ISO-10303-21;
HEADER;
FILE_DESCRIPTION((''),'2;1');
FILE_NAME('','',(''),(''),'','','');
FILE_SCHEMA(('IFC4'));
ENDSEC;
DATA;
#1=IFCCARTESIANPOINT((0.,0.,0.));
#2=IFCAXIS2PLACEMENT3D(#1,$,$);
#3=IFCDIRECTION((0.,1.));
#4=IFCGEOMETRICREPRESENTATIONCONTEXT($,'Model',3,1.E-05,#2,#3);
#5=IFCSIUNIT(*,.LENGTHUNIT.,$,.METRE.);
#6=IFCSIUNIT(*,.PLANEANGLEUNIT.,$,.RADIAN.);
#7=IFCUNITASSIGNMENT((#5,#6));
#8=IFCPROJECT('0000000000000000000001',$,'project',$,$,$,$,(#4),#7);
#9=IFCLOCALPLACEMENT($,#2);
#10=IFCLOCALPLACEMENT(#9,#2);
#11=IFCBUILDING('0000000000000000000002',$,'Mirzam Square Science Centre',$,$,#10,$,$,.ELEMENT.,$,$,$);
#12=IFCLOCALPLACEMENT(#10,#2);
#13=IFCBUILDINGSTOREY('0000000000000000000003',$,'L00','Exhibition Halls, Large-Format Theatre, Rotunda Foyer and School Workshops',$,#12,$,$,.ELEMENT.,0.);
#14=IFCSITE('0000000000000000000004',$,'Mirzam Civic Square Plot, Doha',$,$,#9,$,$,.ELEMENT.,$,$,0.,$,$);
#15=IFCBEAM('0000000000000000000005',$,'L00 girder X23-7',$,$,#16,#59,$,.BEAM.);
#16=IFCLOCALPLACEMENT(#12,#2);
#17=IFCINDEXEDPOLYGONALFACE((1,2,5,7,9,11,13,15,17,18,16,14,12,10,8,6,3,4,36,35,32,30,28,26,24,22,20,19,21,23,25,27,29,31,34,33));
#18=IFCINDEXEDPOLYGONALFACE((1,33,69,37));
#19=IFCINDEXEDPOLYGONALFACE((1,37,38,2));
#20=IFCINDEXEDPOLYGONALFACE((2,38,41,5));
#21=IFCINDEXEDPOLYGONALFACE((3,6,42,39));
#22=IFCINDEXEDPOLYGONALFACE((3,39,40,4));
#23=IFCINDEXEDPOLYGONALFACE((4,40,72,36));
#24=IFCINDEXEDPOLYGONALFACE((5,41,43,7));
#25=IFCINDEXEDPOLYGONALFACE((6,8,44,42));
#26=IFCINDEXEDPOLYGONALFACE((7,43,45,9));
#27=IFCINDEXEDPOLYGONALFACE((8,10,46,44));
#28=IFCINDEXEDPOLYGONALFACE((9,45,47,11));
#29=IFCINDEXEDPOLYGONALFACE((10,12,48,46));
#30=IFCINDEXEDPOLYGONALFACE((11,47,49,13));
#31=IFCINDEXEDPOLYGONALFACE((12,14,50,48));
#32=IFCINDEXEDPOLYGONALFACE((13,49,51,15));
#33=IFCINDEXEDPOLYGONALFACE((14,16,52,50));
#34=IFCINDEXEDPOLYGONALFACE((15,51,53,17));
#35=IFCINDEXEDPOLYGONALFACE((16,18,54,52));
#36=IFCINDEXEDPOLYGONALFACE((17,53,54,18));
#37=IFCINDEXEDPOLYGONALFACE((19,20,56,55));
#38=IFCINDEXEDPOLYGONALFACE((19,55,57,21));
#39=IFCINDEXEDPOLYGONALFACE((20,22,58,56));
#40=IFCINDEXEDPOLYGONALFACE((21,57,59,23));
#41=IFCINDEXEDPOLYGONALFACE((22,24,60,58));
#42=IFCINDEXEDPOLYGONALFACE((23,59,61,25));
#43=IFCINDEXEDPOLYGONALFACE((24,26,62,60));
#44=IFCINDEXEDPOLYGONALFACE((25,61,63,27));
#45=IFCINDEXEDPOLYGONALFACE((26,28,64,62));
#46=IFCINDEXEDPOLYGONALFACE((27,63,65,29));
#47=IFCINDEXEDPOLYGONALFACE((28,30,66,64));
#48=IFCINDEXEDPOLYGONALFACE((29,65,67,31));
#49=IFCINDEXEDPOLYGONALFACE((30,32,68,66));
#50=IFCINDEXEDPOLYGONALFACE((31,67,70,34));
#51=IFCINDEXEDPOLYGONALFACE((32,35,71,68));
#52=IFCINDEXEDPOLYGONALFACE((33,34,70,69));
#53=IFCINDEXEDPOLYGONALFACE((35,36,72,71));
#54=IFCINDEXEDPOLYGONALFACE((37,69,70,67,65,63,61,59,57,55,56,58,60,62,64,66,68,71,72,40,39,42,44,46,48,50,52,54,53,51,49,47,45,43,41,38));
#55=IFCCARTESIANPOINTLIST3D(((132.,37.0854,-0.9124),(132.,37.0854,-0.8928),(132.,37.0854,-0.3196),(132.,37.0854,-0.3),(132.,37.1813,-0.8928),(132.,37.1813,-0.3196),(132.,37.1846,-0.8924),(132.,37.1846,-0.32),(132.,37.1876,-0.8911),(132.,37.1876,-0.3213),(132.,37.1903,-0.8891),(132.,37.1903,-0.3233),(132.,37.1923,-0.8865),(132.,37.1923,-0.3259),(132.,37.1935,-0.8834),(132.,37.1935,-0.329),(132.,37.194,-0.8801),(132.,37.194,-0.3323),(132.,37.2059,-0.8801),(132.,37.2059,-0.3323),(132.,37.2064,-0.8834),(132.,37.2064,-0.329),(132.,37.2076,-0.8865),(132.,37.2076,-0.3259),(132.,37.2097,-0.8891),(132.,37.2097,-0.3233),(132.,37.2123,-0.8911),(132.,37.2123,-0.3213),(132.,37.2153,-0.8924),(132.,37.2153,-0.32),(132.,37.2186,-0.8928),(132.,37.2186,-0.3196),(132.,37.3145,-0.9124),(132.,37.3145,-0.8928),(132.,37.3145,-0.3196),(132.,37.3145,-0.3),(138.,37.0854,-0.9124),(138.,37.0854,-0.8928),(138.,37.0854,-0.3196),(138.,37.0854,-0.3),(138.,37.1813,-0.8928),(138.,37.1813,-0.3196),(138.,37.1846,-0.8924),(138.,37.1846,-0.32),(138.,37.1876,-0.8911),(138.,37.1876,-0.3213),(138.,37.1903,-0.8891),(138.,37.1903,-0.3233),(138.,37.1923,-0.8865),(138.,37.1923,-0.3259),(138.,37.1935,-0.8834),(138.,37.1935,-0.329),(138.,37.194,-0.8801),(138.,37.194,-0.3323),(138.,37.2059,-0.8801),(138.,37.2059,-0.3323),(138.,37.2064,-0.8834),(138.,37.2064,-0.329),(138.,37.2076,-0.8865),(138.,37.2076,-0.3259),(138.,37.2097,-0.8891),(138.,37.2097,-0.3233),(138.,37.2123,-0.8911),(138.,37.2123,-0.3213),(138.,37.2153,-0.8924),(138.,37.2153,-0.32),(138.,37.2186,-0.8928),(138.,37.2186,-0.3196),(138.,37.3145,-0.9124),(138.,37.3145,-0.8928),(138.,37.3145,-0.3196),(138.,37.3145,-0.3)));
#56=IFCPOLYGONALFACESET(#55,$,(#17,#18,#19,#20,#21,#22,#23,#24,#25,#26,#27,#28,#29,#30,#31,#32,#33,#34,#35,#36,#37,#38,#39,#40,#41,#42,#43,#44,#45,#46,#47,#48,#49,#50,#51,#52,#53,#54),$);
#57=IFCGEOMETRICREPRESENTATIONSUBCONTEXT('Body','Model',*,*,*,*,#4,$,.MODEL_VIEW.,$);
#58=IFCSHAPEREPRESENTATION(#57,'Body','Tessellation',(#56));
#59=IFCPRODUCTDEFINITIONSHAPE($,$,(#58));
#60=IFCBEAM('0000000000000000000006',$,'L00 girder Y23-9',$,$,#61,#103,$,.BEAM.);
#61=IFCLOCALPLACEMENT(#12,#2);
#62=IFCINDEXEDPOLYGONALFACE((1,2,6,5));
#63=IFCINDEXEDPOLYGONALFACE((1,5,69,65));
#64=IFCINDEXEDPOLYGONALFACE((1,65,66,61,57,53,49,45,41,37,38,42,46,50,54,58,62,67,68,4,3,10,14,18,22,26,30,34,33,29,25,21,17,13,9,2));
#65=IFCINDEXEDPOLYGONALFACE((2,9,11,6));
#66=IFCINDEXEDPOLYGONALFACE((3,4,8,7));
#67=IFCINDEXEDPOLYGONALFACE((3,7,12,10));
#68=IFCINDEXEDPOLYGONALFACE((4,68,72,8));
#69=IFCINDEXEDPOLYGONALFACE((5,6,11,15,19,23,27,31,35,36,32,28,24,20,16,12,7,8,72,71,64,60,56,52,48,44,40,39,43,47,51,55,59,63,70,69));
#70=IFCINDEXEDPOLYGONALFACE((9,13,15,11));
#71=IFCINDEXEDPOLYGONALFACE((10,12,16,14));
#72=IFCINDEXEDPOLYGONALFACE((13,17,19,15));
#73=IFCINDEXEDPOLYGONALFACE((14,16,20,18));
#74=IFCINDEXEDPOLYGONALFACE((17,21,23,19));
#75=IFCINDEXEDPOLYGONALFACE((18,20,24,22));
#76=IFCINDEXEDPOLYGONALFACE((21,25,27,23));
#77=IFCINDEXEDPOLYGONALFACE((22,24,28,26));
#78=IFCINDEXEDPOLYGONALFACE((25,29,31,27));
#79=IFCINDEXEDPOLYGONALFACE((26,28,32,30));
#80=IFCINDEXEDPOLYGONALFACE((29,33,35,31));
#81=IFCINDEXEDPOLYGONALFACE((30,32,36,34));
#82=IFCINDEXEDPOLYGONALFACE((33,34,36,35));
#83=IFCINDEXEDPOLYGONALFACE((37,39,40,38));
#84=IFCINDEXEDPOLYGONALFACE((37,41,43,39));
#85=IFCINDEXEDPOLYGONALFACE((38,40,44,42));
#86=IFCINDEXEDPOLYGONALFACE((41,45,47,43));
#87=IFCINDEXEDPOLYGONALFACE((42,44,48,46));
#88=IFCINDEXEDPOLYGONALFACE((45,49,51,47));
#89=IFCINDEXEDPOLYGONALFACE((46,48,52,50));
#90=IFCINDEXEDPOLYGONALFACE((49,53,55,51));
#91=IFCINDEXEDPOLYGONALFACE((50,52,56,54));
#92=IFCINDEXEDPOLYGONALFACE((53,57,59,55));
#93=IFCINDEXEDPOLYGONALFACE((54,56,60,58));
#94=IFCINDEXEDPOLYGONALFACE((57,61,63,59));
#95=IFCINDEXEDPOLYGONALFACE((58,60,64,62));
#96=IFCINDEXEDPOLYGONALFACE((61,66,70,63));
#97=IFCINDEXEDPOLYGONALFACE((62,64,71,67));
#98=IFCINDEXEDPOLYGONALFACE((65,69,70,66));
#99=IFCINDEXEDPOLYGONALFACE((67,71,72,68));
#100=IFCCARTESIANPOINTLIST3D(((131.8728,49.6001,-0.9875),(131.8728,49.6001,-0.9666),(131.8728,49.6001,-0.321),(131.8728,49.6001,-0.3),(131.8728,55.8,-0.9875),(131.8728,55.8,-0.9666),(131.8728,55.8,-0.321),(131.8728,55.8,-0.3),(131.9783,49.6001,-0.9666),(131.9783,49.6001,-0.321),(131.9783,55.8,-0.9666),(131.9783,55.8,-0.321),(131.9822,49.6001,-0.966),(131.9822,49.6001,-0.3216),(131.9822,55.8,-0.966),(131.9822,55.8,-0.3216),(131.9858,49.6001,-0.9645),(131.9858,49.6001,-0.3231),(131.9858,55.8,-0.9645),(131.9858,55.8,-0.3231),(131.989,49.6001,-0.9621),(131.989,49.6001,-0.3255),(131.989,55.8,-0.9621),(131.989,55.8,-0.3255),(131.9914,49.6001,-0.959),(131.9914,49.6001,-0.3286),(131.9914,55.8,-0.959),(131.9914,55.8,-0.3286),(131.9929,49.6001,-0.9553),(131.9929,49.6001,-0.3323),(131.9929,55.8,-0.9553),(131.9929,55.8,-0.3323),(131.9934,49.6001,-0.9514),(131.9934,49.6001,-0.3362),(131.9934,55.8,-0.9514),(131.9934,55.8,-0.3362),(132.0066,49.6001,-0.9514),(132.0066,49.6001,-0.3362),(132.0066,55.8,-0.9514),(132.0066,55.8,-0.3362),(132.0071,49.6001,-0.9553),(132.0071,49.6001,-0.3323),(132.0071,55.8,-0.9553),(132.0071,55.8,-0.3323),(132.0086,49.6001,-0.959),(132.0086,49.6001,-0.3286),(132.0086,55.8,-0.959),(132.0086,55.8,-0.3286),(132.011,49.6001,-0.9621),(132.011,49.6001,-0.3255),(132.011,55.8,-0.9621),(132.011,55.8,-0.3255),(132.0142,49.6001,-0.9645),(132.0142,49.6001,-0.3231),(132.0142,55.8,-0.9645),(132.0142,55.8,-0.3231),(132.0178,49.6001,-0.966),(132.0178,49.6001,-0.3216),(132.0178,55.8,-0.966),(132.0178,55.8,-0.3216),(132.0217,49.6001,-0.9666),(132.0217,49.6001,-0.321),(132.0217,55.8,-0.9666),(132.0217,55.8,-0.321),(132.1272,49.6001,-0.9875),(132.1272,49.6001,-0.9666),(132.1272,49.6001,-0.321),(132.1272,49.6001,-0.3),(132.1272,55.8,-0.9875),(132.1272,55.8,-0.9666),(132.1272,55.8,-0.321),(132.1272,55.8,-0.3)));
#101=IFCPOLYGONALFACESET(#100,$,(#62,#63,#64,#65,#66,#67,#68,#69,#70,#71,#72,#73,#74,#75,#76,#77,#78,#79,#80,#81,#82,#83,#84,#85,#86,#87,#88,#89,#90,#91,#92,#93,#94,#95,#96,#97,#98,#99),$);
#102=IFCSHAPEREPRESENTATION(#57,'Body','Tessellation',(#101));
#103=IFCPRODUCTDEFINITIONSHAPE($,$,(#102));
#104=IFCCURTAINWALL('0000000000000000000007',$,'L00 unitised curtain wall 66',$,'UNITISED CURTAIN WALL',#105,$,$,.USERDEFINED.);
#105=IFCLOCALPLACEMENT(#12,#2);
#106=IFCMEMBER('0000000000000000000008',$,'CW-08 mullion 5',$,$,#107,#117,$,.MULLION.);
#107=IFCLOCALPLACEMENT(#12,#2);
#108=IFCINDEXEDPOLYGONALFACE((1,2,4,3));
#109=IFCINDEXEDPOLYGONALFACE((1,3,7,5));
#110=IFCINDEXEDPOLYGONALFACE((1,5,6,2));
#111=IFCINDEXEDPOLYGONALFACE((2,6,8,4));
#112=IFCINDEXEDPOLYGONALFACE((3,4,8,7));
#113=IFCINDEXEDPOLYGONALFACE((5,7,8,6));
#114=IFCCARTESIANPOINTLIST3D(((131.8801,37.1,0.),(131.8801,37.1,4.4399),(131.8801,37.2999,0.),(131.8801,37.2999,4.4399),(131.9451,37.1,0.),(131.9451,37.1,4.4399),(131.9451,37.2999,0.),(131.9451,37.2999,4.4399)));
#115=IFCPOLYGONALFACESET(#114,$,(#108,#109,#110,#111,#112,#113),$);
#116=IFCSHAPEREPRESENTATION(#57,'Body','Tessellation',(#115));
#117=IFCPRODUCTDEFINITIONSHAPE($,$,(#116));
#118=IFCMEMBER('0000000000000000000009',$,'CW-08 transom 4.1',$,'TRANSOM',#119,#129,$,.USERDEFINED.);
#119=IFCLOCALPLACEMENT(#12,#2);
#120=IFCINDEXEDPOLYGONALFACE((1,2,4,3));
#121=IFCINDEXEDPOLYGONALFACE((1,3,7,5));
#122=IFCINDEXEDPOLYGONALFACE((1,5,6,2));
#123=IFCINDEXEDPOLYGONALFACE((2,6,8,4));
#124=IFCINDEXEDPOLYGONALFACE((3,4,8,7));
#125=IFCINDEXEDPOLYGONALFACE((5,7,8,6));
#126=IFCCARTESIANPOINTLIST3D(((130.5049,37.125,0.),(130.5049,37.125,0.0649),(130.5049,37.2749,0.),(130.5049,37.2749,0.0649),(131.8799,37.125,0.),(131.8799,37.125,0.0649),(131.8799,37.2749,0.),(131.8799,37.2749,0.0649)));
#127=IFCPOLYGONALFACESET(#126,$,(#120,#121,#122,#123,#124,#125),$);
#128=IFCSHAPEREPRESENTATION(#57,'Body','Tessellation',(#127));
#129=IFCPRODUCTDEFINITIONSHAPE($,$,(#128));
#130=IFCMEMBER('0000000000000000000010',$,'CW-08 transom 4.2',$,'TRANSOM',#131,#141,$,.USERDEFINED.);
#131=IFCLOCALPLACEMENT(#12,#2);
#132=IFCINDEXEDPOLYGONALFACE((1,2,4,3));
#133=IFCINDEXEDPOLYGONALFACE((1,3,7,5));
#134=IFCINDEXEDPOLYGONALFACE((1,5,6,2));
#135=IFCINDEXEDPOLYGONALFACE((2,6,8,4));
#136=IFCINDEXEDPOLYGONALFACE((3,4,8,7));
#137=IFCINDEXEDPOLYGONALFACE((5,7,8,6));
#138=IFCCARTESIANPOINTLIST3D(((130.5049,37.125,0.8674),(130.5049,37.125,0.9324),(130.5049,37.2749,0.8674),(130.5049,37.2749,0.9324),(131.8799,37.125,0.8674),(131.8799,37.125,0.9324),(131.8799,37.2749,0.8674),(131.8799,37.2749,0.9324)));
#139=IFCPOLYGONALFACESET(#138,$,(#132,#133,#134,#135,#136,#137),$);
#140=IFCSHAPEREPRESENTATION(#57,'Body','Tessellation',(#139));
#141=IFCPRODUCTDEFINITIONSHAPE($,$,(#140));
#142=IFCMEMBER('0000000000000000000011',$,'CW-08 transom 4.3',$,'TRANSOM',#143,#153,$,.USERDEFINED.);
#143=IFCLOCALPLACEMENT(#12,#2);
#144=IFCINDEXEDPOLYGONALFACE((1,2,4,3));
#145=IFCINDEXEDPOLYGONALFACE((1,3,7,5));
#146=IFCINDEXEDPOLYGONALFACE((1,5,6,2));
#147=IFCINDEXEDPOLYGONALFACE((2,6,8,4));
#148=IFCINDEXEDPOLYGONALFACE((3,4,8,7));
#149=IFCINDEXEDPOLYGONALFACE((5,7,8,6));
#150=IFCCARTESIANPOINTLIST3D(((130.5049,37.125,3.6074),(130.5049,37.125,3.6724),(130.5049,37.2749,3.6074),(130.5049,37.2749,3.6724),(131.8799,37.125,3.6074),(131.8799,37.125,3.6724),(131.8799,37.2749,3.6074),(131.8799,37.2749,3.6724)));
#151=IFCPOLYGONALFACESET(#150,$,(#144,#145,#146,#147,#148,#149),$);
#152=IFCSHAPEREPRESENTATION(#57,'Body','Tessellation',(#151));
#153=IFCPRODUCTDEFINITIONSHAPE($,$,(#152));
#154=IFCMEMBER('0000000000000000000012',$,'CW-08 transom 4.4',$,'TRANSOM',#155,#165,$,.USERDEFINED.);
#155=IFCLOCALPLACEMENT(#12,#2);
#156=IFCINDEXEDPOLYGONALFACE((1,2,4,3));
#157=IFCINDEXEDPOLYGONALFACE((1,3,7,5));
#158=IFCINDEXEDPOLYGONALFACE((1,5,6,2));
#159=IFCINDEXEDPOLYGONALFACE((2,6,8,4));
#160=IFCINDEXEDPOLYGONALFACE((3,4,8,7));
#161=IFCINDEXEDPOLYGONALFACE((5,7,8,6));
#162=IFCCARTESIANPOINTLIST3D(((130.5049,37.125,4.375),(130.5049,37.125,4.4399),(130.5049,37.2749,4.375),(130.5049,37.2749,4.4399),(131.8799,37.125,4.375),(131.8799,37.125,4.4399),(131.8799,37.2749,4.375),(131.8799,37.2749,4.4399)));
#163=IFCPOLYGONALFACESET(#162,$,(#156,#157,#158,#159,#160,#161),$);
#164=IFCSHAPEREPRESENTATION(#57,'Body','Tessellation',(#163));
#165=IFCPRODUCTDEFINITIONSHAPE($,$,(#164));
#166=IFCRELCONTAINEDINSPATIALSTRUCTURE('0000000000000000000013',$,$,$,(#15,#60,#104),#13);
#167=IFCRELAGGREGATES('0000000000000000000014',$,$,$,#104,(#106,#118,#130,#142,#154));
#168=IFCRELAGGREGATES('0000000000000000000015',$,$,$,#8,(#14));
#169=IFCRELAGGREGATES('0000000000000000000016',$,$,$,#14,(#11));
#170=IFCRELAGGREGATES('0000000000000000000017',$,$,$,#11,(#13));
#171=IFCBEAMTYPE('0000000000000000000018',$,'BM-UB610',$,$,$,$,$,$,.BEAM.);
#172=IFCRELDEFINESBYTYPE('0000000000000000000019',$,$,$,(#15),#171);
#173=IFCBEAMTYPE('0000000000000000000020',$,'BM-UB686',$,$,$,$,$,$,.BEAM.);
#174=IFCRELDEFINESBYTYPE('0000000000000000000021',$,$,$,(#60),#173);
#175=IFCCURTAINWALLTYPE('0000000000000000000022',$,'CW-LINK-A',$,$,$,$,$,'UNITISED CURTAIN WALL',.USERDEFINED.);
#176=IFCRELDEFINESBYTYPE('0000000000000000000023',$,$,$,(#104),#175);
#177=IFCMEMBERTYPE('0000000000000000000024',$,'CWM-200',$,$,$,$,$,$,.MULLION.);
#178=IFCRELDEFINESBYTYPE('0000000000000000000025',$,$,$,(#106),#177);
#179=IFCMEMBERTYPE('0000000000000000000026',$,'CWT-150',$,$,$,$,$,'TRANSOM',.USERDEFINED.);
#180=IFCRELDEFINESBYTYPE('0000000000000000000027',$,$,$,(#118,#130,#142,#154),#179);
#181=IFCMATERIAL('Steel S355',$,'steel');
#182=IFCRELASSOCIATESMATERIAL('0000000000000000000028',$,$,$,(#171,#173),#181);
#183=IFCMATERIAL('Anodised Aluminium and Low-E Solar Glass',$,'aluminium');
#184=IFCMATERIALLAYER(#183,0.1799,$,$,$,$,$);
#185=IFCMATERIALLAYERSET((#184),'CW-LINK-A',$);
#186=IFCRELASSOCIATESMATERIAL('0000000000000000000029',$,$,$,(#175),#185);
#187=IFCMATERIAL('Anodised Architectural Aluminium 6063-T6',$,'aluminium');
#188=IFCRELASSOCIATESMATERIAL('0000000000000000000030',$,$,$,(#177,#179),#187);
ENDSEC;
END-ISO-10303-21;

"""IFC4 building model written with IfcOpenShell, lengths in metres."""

from ifc_helpers import new_model, si_unit, direction, frame, origin, origin_2d, place, context, subcontext, project, spatial, rectangle, i_section, extrude, material, layer, layer_set, material_profile, profile_set, type_object, element, aggregate, save


model = new_model("IFC4")

# Units and contexts
model_context = context("Model", 3, precision=1e-05, world=origin(), true_north=direction((0.0, 1.0)))
body_context = subcontext(model_context, "Body", "Model", "MODEL_VIEW")
ifc_project = project(units=[si_unit("LENGTHUNIT", "METRE"), si_unit("PLANEANGLEUNIT", "RADIAN")], contexts=[model_context])

# Site, building, storey
site_placement = place(None, origin())
site = spatial("IfcSite", under=ifc_project, at=site_placement, Name="Mirzam Civic Square Plot, Doha", CompositionType="ELEMENT", RefElevation=0.0)
building_placement = place(site_placement, origin())
building = spatial("IfcBuilding", under=site, at=building_placement, Name="Mirzam Square Science Centre", CompositionType="ELEMENT")
storey_placement = place(building_placement, origin())
storey = spatial("IfcBuildingStorey", under=building, at=storey_placement, Name="L00", Description="Exhibition Halls, Large-Format Theatre, Rotunda Foyer and School Workshops", CompositionType="ELEMENT", Elevation=0.0)

# Shared definitions
ifc_material_1 = material(Name="Steel S355", Category="steel")

# Beams
ifc_material_profile_1 = material_profile(ifc_material_1, i_section(OverallWidth=0.229, OverallDepth=0.6123, WebThickness=0.012, FlangeThickness=0.0195, FilletRadius=0.0127, at=origin_2d()), Name="610x229x125UB")
ifc_profile_set_1 = profile_set([ifc_material_profile_1], Name="Steel S355")
beam_type_1 = type_object("IfcBeamType", Name="BM-UB610", PredefinedType="BEAM", material=ifc_profile_set_1)
beam_1_placement = place(storey_placement, frame((132.0, 37.2, -0.6062), z_axis=(1.0, 0.0, 0.0), x_axis=(0.0, 1.0, 0.0)))
element("IfcBeam", 1, at=beam_1_placement, inside=storey, type_object=beam_type_1, Name="L00 girder X23-7", PredefinedType="BEAM", context=body_context, shape_type="SweptSolid", body=[
    extrude(i_section(OverallWidth=0.229, OverallDepth=0.6123, WebThickness=0.012, FlangeThickness=0.0195, FilletRadius=0.0127, at=origin_2d()), origin(), (0.0, 0.0, 1.0), 6.0),
])
ifc_material_profile_2 = material_profile(ifc_material_1, i_section(OverallWidth=0.2544, OverallDepth=0.6875, WebThickness=0.0132, FlangeThickness=0.021, FilletRadius=0.0151, at=origin_2d()), Name="686x254x152UB")
ifc_profile_set_2 = profile_set([ifc_material_profile_2], Name="Steel S355")
beam_type_2 = type_object("IfcBeamType", Name="BM-UB686", PredefinedType="BEAM", material=ifc_profile_set_2)
beam_2_placement = place(storey_placement, frame((132.0, 49.6001, -0.6438), z_axis=(0.0, 1.0, 0.0), x_axis=(-1.0, 0.0, 0.0)))
element("IfcBeam", 2, at=beam_2_placement, inside=storey, type_object=beam_type_2, Name="L00 girder Y23-9", PredefinedType="BEAM", context=body_context, shape_type="SweptSolid", body=[
    extrude(i_section(OverallWidth=0.2544, OverallDepth=0.6875, WebThickness=0.0132, FlangeThickness=0.021, FilletRadius=0.0151, at=origin_2d()), origin(), (0.0, 0.0, 1.0), 6.2),
])

# Curtain wall, members
ifc_material_2 = material(Name="Anodised Aluminium and Low-E Solar Glass", Category="aluminium")
ifc_layer_1 = layer(ifc_material_2, 0.1799)
ifc_layer_set_1 = layer_set([ifc_layer_1], Name="CW-LINK-A")
curtain_wall_type = type_object("IfcCurtainWallType", Name="CW-LINK-A", ElementType="UNITISED CURTAIN WALL", PredefinedType="USERDEFINED", material=ifc_layer_set_1)
curtain_wall_placement = place(storey_placement, origin())
curtain_wall = element("IfcCurtainWall", 3, at=curtain_wall_placement, inside=storey, type_object=curtain_wall_type, Name="L00 unitised curtain wall 66", ObjectType="UNITISED CURTAIN WALL", PredefinedType="USERDEFINED")
ifc_material_3 = material(Name="Anodised Architectural Aluminium 6063-T6", Category="aluminium")
ifc_material_profile_3 = material_profile(ifc_material_3, rectangle(XDim=0.0649, YDim=0.2, at=origin_2d()), Name="ALU-MULL-200x65x5")
ifc_profile_set_3 = profile_set([ifc_material_profile_3], Name="Anodised Architectural Aluminium 6063-T6")
member_type_1 = type_object("IfcMemberType", Name="CWM-200", PredefinedType="MULLION", material=ifc_profile_set_3)
member_1_placement = place(storey_placement, frame((131.9126, 37.2, 0.0), z_axis=(0.0, 0.0, 1.0), x_axis=(1.0, 0.0, 0.0)))
member_1 = element("IfcMember", 4, at=member_1_placement, type_object=member_type_1, Name="CW-08 mullion 5", PredefinedType="MULLION", context=body_context, shape_type="SweptSolid", body=[
    extrude(rectangle(XDim=0.0649, YDim=0.2, at=origin_2d()), origin(), (0.0, 0.0, 1.0), 4.4399),
])
ifc_material_profile_4 = material_profile(ifc_material_3, rectangle(XDim=0.1499, YDim=0.0649, at=origin_2d()), Name="ALU-TRAN-150x65x4")
ifc_profile_set_4 = profile_set([ifc_material_profile_4], Name="Anodised Architectural Aluminium 6063-T6")
member_type_2 = type_object("IfcMemberType", Name="CWT-150", ElementType="TRANSOM", PredefinedType="USERDEFINED", material=ifc_profile_set_4)
member_2_placement = place(storey_placement, frame((130.5049, 37.2, 0.0325), z_axis=(1.0, 0.0, 0.0), x_axis=(0.0, 1.0, 0.0)))
member_2 = element("IfcMember", 5, at=member_2_placement, type_object=member_type_2, Name="CW-08 transom 4.1", ObjectType="TRANSOM", PredefinedType="USERDEFINED", context=body_context, shape_type="SweptSolid", body=[
    extrude(rectangle(XDim=0.1499, YDim=0.0649, at=origin_2d()), origin(), (0.0, 0.0, 1.0), 1.375),
])
member_3_placement = place(storey_placement, frame((130.5049, 37.2, 0.8999), z_axis=(1.0, 0.0, 0.0), x_axis=(0.0, 1.0, 0.0)))
member_3 = element("IfcMember", 6, at=member_3_placement, type_object=member_type_2, Name="CW-08 transom 4.2", ObjectType="TRANSOM", PredefinedType="USERDEFINED", context=body_context, shape_type="SweptSolid", body=[
    extrude(rectangle(XDim=0.1499, YDim=0.0649, at=origin_2d()), origin(), (0.0, 0.0, 1.0), 1.375),
])
member_4_placement = place(storey_placement, frame((130.5049, 37.2, 3.6399), z_axis=(1.0, 0.0, 0.0), x_axis=(0.0, 1.0, 0.0)))
member_4 = element("IfcMember", 7, at=member_4_placement, type_object=member_type_2, Name="CW-08 transom 4.3", ObjectType="TRANSOM", PredefinedType="USERDEFINED", context=body_context, shape_type="SweptSolid", body=[
    extrude(rectangle(XDim=0.1499, YDim=0.0649, at=origin_2d()), origin(), (0.0, 0.0, 1.0), 1.375),
])
member_5_placement = place(storey_placement, frame((130.5049, 37.2, 4.4075), z_axis=(1.0, 0.0, 0.0), x_axis=(0.0, 1.0, 0.0)))
member_5 = element("IfcMember", 8, at=member_5_placement, type_object=member_type_2, Name="CW-08 transom 4.4", ObjectType="TRANSOM", PredefinedType="USERDEFINED", context=body_context, shape_type="SweptSolid", body=[
    extrude(rectangle(XDim=0.1499, YDim=0.0649, at=origin_2d()), origin(), (0.0, 0.0, 1.0), 1.375),
])

aggregate(curtain_wall, [member_1, member_2, member_3, member_4, member_5])

save(model, "model.ifc")
